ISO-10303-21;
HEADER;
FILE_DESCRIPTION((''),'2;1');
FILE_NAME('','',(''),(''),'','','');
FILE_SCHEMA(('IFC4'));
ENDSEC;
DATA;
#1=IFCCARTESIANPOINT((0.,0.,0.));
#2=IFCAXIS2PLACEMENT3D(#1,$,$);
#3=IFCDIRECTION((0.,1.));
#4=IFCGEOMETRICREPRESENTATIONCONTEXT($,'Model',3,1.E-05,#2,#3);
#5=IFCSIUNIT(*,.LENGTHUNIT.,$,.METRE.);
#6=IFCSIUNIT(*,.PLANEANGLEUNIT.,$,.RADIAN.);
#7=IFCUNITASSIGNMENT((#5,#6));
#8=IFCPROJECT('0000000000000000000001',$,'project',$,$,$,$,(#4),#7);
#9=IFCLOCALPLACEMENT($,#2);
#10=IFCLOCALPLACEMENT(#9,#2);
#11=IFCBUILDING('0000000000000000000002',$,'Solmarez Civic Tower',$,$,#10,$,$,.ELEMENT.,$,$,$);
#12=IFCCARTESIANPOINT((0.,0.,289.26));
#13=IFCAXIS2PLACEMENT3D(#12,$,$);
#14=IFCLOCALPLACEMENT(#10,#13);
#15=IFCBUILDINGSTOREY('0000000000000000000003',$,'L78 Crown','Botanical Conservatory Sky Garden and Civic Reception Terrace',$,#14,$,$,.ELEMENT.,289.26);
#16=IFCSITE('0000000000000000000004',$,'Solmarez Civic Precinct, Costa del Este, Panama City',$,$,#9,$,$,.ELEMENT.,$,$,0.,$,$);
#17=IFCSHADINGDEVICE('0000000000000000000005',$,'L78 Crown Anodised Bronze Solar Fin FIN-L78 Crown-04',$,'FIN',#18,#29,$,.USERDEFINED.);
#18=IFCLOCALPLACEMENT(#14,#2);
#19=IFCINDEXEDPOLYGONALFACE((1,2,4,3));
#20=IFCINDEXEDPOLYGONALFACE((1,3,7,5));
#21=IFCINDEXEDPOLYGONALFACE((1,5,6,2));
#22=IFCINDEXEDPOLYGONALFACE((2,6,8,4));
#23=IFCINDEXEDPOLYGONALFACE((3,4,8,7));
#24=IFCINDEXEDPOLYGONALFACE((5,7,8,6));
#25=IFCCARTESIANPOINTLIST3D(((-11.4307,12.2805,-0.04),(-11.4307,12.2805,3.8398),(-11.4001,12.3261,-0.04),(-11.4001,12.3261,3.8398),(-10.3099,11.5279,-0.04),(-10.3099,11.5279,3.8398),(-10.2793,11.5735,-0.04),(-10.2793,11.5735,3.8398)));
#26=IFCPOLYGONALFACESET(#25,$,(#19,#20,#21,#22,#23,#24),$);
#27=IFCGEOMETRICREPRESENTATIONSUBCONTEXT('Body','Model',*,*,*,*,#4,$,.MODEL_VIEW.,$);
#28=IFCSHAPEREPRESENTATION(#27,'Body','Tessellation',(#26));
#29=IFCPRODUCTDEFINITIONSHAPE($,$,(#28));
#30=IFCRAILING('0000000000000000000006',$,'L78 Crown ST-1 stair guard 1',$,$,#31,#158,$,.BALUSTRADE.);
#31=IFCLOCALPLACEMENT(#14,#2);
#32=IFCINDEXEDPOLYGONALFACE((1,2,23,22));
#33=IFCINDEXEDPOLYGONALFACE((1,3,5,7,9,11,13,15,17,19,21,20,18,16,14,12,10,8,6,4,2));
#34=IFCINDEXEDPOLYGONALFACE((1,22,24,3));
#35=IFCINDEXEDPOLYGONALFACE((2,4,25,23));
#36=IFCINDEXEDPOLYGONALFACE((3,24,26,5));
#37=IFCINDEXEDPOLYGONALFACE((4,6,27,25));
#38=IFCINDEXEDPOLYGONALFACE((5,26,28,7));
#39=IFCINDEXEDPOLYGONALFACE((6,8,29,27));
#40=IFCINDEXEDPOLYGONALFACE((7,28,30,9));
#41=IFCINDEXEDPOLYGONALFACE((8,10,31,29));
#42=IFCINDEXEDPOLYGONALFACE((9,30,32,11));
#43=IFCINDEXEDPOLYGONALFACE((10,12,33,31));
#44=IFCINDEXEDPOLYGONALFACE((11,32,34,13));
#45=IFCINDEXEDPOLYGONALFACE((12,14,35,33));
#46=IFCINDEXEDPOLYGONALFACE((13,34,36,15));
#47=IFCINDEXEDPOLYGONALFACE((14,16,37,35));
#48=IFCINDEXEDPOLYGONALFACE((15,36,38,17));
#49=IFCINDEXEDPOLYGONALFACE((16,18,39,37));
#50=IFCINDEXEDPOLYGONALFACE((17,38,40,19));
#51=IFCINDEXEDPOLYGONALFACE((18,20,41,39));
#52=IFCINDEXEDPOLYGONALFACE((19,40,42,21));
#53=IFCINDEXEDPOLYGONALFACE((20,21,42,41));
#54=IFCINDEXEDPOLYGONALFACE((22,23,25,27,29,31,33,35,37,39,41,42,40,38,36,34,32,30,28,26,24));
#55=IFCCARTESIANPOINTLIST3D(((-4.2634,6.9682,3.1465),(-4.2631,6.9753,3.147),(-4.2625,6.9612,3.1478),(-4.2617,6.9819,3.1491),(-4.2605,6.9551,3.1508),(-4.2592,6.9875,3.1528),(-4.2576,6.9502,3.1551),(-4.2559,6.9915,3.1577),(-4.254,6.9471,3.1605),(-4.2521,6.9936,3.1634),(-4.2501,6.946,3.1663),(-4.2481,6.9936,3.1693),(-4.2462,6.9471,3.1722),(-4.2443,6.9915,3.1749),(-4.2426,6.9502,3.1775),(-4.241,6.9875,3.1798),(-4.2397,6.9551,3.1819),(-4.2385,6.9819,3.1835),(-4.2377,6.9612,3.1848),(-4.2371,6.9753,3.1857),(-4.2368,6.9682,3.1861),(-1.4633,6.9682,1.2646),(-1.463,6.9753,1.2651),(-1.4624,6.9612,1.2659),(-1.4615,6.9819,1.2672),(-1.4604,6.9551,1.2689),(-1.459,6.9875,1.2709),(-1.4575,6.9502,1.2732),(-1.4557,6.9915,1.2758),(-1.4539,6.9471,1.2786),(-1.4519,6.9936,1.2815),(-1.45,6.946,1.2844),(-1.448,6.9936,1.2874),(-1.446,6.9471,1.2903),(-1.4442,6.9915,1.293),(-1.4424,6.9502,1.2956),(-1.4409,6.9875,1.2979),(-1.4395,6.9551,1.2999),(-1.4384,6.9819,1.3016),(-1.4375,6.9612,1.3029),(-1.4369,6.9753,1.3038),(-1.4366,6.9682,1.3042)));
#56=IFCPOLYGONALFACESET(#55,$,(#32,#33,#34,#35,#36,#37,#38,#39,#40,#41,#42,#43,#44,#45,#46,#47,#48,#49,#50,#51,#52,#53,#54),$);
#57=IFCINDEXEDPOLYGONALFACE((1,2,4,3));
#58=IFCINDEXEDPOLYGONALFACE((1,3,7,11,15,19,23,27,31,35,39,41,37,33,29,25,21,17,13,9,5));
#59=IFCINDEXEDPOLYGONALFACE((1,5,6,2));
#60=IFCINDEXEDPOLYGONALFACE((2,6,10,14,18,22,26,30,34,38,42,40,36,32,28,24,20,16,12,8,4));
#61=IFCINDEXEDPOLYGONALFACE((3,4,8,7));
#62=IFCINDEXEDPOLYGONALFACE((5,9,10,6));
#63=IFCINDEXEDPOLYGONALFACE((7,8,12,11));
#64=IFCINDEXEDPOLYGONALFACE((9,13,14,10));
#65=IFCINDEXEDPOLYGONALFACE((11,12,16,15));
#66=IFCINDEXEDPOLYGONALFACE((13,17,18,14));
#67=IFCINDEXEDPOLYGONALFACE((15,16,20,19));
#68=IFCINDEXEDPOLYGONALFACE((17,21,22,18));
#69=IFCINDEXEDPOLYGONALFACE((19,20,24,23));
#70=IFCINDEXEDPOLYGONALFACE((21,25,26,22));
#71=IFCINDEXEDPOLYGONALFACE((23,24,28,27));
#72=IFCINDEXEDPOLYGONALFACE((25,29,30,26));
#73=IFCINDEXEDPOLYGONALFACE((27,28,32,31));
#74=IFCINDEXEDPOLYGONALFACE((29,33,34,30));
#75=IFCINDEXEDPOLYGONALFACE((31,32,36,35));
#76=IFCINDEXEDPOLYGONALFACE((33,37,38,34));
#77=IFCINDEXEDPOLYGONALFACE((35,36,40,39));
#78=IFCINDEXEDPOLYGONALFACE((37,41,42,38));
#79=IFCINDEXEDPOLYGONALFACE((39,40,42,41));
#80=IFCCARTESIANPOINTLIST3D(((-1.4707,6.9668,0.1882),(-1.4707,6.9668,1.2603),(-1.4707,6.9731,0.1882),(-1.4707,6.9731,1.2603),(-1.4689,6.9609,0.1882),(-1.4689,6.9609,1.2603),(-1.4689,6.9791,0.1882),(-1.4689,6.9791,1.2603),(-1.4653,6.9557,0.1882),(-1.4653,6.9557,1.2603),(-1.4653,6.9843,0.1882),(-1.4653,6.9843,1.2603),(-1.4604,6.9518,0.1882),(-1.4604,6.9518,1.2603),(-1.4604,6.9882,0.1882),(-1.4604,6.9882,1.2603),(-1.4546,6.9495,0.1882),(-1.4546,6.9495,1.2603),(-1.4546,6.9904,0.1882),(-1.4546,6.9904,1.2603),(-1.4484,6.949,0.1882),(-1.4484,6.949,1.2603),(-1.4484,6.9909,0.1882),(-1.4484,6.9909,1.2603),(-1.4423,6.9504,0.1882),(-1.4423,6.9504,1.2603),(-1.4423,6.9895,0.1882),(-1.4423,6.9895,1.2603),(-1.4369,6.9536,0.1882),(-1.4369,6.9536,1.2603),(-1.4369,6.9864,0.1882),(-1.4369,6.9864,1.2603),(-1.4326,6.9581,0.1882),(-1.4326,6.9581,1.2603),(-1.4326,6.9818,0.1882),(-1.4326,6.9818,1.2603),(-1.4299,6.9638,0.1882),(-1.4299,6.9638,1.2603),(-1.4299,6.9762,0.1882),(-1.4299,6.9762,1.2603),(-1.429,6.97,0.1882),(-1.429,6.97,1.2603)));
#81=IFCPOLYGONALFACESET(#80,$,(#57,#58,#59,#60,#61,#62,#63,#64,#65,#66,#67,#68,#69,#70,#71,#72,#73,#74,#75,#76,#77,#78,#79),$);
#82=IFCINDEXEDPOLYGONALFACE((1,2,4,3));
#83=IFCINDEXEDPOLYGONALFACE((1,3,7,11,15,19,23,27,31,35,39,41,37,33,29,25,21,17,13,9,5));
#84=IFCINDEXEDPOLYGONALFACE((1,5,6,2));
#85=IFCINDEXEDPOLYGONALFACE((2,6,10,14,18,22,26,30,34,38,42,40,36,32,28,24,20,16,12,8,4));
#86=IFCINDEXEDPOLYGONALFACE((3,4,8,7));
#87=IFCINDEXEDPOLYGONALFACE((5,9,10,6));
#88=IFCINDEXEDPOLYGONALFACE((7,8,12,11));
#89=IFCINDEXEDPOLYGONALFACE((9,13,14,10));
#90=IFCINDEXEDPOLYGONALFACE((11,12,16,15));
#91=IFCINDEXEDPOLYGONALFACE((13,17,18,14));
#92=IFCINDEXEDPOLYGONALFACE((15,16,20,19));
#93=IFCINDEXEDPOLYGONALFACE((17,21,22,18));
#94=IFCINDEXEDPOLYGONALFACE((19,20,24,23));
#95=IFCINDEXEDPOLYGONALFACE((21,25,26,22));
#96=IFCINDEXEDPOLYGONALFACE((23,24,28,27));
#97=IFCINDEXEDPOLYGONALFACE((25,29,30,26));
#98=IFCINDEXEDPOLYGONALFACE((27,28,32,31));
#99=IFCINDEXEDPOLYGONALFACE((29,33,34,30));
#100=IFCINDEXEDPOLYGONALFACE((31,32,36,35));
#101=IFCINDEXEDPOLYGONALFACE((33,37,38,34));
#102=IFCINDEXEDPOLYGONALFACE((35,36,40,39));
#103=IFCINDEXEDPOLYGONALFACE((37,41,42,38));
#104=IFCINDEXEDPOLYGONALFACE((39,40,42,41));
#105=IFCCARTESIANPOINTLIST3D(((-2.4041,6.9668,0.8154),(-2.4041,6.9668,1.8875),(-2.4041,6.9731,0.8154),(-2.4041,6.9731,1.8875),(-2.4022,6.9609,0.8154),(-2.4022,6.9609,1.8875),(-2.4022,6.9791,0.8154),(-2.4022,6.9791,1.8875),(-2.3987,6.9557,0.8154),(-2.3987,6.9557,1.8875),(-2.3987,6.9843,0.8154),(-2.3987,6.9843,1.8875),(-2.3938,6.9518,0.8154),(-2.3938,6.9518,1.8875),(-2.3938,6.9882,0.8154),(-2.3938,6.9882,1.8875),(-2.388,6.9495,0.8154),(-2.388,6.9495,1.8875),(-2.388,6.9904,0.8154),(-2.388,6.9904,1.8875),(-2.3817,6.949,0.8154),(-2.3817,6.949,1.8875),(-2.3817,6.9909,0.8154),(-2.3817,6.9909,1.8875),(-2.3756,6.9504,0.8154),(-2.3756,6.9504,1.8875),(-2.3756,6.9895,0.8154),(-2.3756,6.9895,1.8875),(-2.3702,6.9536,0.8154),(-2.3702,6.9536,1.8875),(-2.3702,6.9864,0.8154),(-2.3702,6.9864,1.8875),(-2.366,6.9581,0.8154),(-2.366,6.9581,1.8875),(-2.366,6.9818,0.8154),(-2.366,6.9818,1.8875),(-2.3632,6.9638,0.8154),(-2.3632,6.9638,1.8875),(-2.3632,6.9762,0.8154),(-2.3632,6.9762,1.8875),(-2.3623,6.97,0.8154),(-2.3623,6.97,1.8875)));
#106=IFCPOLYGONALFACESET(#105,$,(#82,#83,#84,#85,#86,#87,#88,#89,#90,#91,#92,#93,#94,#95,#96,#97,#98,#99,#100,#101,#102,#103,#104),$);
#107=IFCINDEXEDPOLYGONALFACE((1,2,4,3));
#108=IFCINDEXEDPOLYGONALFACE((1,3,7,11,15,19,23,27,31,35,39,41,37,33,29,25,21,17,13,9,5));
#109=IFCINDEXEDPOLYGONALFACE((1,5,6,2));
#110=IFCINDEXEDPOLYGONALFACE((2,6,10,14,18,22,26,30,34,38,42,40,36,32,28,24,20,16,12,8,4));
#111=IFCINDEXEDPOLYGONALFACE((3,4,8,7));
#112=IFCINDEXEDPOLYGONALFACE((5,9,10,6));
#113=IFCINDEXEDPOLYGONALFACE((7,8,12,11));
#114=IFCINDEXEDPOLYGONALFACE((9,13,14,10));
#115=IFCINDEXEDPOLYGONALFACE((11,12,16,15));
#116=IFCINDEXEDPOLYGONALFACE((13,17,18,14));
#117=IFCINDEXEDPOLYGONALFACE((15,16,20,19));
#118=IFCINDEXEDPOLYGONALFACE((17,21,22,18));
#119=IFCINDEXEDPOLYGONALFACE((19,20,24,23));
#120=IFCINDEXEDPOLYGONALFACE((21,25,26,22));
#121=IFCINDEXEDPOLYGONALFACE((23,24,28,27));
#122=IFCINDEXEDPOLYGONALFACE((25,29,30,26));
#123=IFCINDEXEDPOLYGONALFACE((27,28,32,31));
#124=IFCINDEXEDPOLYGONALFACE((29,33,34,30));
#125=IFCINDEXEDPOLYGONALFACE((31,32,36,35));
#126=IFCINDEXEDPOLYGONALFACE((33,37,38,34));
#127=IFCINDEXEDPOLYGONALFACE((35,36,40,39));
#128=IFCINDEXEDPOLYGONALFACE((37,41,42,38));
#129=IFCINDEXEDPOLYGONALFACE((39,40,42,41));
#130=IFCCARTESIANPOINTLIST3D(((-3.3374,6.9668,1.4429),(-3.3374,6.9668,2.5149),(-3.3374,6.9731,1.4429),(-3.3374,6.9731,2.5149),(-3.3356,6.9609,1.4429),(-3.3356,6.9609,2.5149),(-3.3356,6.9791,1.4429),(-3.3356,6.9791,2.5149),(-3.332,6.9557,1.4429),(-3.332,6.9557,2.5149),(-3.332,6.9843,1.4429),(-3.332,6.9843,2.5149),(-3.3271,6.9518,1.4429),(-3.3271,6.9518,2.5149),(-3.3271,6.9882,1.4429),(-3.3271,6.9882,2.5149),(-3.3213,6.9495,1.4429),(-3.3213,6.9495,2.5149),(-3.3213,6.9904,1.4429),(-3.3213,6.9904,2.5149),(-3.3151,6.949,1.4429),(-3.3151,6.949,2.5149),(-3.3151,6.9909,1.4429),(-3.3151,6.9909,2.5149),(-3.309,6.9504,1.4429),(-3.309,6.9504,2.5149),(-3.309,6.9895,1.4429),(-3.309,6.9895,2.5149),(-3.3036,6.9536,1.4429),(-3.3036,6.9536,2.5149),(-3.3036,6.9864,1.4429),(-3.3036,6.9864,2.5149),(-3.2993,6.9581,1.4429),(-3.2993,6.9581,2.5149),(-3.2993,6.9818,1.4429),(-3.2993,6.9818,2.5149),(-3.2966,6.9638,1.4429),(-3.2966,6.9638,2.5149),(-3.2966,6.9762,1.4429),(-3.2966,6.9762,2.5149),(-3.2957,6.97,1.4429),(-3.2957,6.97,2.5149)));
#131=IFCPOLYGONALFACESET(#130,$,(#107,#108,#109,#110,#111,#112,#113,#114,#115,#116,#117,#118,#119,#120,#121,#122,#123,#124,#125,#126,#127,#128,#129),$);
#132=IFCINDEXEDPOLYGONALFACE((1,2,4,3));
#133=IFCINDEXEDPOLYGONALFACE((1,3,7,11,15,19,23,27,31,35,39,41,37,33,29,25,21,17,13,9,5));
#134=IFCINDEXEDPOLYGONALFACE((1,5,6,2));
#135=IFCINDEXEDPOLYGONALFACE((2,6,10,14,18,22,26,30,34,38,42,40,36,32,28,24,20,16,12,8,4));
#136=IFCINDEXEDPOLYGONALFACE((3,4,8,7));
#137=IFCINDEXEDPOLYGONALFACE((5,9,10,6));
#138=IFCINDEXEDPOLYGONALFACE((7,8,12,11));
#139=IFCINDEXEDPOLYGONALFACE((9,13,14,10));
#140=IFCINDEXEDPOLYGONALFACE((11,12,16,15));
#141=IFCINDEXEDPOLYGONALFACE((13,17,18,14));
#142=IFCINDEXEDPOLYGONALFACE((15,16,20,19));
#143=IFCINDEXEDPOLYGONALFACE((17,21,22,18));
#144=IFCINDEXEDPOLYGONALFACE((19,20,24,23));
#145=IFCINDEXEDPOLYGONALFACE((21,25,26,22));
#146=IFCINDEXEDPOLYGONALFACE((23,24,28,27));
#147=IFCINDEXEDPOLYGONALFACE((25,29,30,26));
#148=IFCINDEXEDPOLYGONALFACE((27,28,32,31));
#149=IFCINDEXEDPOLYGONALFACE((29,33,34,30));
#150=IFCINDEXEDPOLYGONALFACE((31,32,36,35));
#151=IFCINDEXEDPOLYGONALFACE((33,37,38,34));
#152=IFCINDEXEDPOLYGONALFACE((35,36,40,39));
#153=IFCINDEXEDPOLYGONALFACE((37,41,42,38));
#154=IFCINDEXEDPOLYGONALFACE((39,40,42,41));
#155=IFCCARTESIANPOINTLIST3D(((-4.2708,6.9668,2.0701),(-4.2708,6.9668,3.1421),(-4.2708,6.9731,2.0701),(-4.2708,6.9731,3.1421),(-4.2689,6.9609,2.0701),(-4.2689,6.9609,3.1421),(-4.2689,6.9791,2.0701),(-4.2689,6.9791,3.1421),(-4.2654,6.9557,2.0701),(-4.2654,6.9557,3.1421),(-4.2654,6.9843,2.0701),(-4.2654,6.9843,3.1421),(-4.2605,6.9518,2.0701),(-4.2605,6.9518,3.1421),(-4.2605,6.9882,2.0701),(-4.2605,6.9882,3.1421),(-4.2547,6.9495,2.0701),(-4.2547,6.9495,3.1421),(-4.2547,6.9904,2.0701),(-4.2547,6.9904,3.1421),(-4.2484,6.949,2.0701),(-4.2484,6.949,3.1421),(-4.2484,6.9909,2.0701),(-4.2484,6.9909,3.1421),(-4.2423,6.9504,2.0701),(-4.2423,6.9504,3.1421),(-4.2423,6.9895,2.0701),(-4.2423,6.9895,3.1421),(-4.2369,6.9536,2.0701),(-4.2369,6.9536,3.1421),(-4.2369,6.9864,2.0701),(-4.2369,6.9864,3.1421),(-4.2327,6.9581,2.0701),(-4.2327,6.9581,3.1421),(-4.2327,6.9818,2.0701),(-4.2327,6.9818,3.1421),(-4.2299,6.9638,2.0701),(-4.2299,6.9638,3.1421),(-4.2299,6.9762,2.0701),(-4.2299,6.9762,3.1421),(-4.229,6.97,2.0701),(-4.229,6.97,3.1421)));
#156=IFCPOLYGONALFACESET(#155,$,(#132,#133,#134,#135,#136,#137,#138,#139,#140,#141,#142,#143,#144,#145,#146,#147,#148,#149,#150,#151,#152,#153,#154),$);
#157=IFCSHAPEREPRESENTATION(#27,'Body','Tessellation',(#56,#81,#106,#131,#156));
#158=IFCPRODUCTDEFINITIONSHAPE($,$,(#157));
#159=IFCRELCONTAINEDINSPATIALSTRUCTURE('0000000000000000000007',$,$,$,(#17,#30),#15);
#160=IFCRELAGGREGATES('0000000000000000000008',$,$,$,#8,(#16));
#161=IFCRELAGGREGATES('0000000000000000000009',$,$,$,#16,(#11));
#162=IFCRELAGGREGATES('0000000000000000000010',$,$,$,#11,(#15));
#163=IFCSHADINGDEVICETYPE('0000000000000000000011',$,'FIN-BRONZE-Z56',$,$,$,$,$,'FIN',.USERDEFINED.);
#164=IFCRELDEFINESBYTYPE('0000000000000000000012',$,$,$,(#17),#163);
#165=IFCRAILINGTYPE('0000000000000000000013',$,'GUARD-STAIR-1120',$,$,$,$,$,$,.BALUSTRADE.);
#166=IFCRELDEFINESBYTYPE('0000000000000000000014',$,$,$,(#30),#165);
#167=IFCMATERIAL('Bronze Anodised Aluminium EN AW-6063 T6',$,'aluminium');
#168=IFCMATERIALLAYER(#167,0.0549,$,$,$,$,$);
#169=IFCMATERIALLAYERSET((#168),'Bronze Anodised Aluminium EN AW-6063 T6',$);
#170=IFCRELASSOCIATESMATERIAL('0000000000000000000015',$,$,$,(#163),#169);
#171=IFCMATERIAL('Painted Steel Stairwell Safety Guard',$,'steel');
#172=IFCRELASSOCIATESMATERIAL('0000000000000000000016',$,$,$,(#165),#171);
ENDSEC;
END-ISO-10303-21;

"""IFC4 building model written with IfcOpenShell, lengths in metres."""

from ifc_helpers import new_model, si_unit, direction, frame, origin, origin_2d, place, context, subcontext, project, spatial, rectangle, circle, extrude, material, layer, layer_set, type_object, element, save


model = new_model("IFC4")

# Units and contexts
model_context = context("Model", 3, precision=1e-05, world=origin(), true_north=direction((0.0, 1.0)))
body_context = subcontext(model_context, "Body", "Model", "MODEL_VIEW")
ifc_project = project(units=[si_unit("LENGTHUNIT", "METRE"), si_unit("PLANEANGLEUNIT", "RADIAN")], contexts=[model_context])

# Site, building, storey
site_placement = place(None, origin())
site = spatial("IfcSite", under=ifc_project, at=site_placement, Name="Solmarez Civic Precinct, Costa del Este, Panama City", CompositionType="ELEMENT", RefElevation=0.0)
building_placement = place(site_placement, origin())
building = spatial("IfcBuilding", under=site, at=building_placement, Name="Solmarez Civic Tower", CompositionType="ELEMENT")
storey_placement = place(building_placement, frame((0.0, 0.0, 289.26)))
storey = spatial("IfcBuildingStorey", under=building, at=storey_placement, Name="L78 Crown", Description="Botanical Conservatory Sky Garden and Civic Reception Terrace", CompositionType="ELEMENT", Elevation=289.26)

# Shading device
ifc_material_1 = material(Name="Bronze Anodised Aluminium EN AW-6063 T6", Category="aluminium")
ifc_layer_1 = layer(ifc_material_1, 0.0549)
ifc_layer_set_1 = layer_set([ifc_layer_1], Name="Bronze Anodised Aluminium EN AW-6063 T6")
shading_device_type = type_object("IfcShadingDeviceType", Name="FIN-BRONZE-Z56", ElementType="FIN", PredefinedType="USERDEFINED", material=ifc_layer_set_1)
shading_device_placement = place(storey_placement, frame((-10.855, 11.927, -0.04), z_axis=(0.0, 0.0, 1.0), x_axis=(-0.830187, 0.557484, 0.0)))
element("IfcShadingDevice", 1, at=shading_device_placement, inside=storey, type_object=shading_device_type, Name="L78 Crown Anodised Bronze Solar Fin FIN-L78 Crown-04", ObjectType="FIN", PredefinedType="USERDEFINED", context=body_context, shape_type="SweptSolid", body=[
    extrude(rectangle(XDim=1.3501, YDim=0.0549, at=origin_2d()), origin(), (0.0, 0.0, 1.0), 3.8799),
])

# Railing
ifc_material_2 = material(Name="Painted Steel Stairwell Safety Guard", Category="steel")
railing_type_1 = type_object("IfcRailingType", Name="GUARD-STAIR-1120", PredefinedType="BALUSTRADE", material=ifc_material_2)
railing_1_placement = place(storey_placement, frame((-1.45, 6.97, 0.1882)))
element("IfcRailing", 2, at=railing_1_placement, inside=storey, type_object=railing_type_1, Name="L78 Crown ST-1 stair guard 1", PredefinedType="BALUSTRADE", context=body_context, shape_type="SweptSolid", body=[
    extrude(circle(Radius=0.0239, at=origin_2d()), frame((0.0, 0.0, 1.0962), z_axis=(-0.829974, 0.0, 0.557803), x_axis=(0.0, -1.0, 0.0)), (0.0, 0.0, 1.0), 3.3738),
    extrude(circle(Radius=0.021, at=origin_2d()), origin(), (0.0, 0.0, 1.0), 1.072),
    extrude(circle(Radius=0.021, at=origin_2d()), frame((-0.9333, 0.0, 0.6272)), (0.0, 0.0, 1.0), 1.072),
    extrude(circle(Radius=0.021, at=origin_2d()), frame((-1.8667, 0.0, 1.2546)), (0.0, 0.0, 1.0), 1.072),
    extrude(circle(Radius=0.021, at=origin_2d()), frame((-2.8, 0.0, 1.8818)), (0.0, 0.0, 1.0), 1.072),
])

save(model, "model.ifc")
